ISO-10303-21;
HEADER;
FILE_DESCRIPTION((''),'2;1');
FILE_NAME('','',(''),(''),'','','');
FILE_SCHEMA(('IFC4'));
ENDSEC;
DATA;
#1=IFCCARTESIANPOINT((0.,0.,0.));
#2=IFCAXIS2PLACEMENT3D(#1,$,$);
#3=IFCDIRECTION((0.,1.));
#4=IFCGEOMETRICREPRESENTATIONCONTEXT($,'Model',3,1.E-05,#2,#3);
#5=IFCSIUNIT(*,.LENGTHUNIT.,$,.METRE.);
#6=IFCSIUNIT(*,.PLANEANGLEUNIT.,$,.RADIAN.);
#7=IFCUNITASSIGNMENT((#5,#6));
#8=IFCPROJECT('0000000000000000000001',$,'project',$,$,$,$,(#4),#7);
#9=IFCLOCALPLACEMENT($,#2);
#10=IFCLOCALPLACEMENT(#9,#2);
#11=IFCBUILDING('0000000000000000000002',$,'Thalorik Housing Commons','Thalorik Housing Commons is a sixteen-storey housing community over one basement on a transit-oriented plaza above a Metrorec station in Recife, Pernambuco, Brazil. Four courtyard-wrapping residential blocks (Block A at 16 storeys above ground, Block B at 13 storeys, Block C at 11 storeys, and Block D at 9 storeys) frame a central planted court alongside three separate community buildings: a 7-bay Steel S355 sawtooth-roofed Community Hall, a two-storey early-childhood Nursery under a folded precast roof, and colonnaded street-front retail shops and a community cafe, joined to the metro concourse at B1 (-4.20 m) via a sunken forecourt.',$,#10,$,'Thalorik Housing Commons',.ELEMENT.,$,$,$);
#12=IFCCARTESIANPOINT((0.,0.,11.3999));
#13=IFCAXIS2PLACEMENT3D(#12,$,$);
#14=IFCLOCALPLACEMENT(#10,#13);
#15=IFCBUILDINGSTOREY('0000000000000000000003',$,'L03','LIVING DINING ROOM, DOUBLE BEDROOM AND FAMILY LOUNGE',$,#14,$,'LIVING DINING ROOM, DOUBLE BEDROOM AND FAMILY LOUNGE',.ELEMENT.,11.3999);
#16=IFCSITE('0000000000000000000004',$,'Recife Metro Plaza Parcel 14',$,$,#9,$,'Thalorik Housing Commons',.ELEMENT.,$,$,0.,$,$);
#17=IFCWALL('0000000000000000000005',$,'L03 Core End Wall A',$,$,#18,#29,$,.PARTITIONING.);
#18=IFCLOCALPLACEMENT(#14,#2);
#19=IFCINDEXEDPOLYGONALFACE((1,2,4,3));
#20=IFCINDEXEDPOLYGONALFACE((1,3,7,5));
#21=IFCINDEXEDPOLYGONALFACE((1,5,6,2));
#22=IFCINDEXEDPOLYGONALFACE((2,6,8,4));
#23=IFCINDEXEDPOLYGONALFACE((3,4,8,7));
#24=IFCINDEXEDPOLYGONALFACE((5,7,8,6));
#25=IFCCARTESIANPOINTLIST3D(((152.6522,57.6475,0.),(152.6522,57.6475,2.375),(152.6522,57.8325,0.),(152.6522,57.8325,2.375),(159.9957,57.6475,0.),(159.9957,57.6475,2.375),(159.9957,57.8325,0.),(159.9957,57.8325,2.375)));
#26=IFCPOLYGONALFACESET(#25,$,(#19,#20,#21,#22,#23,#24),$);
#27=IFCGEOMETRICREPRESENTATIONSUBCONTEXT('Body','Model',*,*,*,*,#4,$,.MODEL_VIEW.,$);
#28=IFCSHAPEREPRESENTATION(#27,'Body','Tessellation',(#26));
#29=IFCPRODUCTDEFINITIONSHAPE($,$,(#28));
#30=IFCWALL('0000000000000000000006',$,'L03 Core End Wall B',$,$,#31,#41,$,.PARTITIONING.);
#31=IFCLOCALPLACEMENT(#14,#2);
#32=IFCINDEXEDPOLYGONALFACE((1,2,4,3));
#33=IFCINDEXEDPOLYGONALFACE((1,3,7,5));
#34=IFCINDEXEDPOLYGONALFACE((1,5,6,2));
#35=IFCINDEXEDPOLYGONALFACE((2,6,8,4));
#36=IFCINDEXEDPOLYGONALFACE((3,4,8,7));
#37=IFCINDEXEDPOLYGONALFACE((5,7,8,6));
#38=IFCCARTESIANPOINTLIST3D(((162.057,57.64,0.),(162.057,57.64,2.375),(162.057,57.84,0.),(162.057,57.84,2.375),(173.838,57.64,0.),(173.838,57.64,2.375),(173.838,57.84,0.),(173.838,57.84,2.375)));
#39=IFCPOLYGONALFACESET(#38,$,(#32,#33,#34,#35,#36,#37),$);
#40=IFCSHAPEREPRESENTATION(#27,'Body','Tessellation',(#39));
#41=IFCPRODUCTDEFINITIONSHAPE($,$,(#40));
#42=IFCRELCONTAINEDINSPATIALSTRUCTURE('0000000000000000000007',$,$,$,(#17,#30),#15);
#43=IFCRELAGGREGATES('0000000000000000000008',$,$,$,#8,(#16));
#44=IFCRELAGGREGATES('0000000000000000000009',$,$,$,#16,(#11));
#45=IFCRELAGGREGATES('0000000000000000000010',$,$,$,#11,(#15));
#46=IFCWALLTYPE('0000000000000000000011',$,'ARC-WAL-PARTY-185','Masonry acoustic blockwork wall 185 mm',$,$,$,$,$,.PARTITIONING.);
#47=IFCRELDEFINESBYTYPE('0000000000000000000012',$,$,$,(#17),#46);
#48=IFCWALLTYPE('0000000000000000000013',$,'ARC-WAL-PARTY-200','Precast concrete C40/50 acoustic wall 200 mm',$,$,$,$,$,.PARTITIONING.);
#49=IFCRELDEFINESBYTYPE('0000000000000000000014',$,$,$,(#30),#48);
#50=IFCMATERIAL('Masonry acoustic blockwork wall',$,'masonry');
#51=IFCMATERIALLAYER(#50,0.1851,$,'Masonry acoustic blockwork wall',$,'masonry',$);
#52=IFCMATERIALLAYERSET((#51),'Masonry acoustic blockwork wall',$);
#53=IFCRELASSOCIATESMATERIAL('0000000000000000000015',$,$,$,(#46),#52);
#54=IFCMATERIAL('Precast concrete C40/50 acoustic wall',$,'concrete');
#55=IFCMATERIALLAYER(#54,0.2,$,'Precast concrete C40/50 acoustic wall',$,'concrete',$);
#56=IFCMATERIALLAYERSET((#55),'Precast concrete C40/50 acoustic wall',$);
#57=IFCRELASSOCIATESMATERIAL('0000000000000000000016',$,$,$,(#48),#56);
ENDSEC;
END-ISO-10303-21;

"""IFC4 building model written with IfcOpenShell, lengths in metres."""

from ifc_helpers import new_model, si_unit, direction, frame, frame_2d, origin, place, context, subcontext, project, spatial, rectangle, extrude, material, layer, layer_set, type_object, element, save


model = new_model("IFC4")

# Units and contexts
model_context = context("Model", 3, precision=1e-05, world=origin(), true_north=direction((0.0, 1.0)))
body_context = subcontext(model_context, "Body", "Model", "MODEL_VIEW")
ifc_project = project(units=[si_unit("LENGTHUNIT", "METRE"), si_unit("PLANEANGLEUNIT", "RADIAN")], contexts=[model_context])

# Site, building, storey
site_placement = place(None, origin())
site = spatial("IfcSite", under=ifc_project, at=site_placement, Name="Recife Metro Plaza Parcel 14", LongName="Thalorik Housing Commons", CompositionType="ELEMENT", RefElevation=0.0)
building_placement = place(site_placement, origin())
building = spatial("IfcBuilding", under=site, at=building_placement, Name="Thalorik Housing Commons", Description="Thalorik Housing Commons is a sixteen-storey housing community over one basement on a transit-oriented plaza above a Metrorec station in Recife, Pernambuco, Brazil. Four courtyard-wrapping residential blocks (Block A at 16 storeys above ground, Block B at 13 storeys, Block C at 11 storeys, and Block D at 9 storeys) frame a central planted court alongside three separate community buildings: a 7-bay Steel S355 sawtooth-roofed Community Hall, a two-storey early-childhood Nursery under a folded precast roof, and colonnaded street-front retail shops and a community cafe, joined to the metro concourse at B1 (-4.20 m) via a sunken forecourt.", LongName="Thalorik Housing Commons", CompositionType="ELEMENT")
storey_placement = place(building_placement, frame((0.0, 0.0, 11.3999)))
storey = spatial("IfcBuildingStorey", under=building, at=storey_placement, Name="L03", Description="LIVING DINING ROOM, DOUBLE BEDROOM AND FAMILY LOUNGE", LongName="LIVING DINING ROOM, DOUBLE BEDROOM AND FAMILY LOUNGE", CompositionType="ELEMENT", Elevation=11.3999)

# Walls
ifc_material_1 = material(Name="Masonry acoustic blockwork wall", Category="masonry")
ifc_layer_1 = layer(ifc_material_1, 0.1851, Name="Masonry acoustic blockwork wall", Category="masonry")
ifc_layer_set_1 = layer_set([ifc_layer_1], Name="Masonry acoustic blockwork wall")
wall_type_1 = type_object("IfcWallType", Name="ARC-WAL-PARTY-185", Description="Masonry acoustic blockwork wall 185 mm", PredefinedType="PARTITIONING", material=ifc_layer_set_1)
wall_1_placement = place(storey_placement, frame((152.6521, 57.74, 0.0), z_axis=(0.0, 0.0, 1.0), x_axis=(1.0, 0.0, 0.0)))
element("IfcWall", 1, at=wall_1_placement, inside=storey, type_object=wall_type_1, Name="L03 Core End Wall A", PredefinedType="PARTITIONING", context=body_context, shape_type="SweptSolid", body=[
    extrude(rectangle(XDim=7.3435, YDim=0.1851, at=frame_2d((3.6719, 0.0))), origin(), (0.0, 0.0, 1.0), 2.375),
])
ifc_material_2 = material(Name="Precast concrete C40/50 acoustic wall", Category="concrete")
ifc_layer_2 = layer(ifc_material_2, 0.2, Name="Precast concrete C40/50 acoustic wall", Category="concrete")
ifc_layer_set_2 = layer_set([ifc_layer_2], Name="Precast concrete C40/50 acoustic wall")
wall_type_2 = type_object("IfcWallType", Name="ARC-WAL-PARTY-200", Description="Precast concrete C40/50 acoustic wall 200 mm", PredefinedType="PARTITIONING", material=ifc_layer_set_2)
wall_2_placement = place(storey_placement, frame((162.0569, 57.74, 0.0), z_axis=(0.0, 0.0, 1.0), x_axis=(1.0, 0.0, 0.0)))
element("IfcWall", 2, at=wall_2_placement, inside=storey, type_object=wall_type_2, Name="L03 Core End Wall B", PredefinedType="PARTITIONING", context=body_context, shape_type="SweptSolid", body=[
    extrude(rectangle(XDim=11.781, YDim=0.2, at=frame_2d((5.8906, 0.0))), origin(), (0.0, 0.0, 1.0), 2.375),
])

save(model, "model.ifc")
